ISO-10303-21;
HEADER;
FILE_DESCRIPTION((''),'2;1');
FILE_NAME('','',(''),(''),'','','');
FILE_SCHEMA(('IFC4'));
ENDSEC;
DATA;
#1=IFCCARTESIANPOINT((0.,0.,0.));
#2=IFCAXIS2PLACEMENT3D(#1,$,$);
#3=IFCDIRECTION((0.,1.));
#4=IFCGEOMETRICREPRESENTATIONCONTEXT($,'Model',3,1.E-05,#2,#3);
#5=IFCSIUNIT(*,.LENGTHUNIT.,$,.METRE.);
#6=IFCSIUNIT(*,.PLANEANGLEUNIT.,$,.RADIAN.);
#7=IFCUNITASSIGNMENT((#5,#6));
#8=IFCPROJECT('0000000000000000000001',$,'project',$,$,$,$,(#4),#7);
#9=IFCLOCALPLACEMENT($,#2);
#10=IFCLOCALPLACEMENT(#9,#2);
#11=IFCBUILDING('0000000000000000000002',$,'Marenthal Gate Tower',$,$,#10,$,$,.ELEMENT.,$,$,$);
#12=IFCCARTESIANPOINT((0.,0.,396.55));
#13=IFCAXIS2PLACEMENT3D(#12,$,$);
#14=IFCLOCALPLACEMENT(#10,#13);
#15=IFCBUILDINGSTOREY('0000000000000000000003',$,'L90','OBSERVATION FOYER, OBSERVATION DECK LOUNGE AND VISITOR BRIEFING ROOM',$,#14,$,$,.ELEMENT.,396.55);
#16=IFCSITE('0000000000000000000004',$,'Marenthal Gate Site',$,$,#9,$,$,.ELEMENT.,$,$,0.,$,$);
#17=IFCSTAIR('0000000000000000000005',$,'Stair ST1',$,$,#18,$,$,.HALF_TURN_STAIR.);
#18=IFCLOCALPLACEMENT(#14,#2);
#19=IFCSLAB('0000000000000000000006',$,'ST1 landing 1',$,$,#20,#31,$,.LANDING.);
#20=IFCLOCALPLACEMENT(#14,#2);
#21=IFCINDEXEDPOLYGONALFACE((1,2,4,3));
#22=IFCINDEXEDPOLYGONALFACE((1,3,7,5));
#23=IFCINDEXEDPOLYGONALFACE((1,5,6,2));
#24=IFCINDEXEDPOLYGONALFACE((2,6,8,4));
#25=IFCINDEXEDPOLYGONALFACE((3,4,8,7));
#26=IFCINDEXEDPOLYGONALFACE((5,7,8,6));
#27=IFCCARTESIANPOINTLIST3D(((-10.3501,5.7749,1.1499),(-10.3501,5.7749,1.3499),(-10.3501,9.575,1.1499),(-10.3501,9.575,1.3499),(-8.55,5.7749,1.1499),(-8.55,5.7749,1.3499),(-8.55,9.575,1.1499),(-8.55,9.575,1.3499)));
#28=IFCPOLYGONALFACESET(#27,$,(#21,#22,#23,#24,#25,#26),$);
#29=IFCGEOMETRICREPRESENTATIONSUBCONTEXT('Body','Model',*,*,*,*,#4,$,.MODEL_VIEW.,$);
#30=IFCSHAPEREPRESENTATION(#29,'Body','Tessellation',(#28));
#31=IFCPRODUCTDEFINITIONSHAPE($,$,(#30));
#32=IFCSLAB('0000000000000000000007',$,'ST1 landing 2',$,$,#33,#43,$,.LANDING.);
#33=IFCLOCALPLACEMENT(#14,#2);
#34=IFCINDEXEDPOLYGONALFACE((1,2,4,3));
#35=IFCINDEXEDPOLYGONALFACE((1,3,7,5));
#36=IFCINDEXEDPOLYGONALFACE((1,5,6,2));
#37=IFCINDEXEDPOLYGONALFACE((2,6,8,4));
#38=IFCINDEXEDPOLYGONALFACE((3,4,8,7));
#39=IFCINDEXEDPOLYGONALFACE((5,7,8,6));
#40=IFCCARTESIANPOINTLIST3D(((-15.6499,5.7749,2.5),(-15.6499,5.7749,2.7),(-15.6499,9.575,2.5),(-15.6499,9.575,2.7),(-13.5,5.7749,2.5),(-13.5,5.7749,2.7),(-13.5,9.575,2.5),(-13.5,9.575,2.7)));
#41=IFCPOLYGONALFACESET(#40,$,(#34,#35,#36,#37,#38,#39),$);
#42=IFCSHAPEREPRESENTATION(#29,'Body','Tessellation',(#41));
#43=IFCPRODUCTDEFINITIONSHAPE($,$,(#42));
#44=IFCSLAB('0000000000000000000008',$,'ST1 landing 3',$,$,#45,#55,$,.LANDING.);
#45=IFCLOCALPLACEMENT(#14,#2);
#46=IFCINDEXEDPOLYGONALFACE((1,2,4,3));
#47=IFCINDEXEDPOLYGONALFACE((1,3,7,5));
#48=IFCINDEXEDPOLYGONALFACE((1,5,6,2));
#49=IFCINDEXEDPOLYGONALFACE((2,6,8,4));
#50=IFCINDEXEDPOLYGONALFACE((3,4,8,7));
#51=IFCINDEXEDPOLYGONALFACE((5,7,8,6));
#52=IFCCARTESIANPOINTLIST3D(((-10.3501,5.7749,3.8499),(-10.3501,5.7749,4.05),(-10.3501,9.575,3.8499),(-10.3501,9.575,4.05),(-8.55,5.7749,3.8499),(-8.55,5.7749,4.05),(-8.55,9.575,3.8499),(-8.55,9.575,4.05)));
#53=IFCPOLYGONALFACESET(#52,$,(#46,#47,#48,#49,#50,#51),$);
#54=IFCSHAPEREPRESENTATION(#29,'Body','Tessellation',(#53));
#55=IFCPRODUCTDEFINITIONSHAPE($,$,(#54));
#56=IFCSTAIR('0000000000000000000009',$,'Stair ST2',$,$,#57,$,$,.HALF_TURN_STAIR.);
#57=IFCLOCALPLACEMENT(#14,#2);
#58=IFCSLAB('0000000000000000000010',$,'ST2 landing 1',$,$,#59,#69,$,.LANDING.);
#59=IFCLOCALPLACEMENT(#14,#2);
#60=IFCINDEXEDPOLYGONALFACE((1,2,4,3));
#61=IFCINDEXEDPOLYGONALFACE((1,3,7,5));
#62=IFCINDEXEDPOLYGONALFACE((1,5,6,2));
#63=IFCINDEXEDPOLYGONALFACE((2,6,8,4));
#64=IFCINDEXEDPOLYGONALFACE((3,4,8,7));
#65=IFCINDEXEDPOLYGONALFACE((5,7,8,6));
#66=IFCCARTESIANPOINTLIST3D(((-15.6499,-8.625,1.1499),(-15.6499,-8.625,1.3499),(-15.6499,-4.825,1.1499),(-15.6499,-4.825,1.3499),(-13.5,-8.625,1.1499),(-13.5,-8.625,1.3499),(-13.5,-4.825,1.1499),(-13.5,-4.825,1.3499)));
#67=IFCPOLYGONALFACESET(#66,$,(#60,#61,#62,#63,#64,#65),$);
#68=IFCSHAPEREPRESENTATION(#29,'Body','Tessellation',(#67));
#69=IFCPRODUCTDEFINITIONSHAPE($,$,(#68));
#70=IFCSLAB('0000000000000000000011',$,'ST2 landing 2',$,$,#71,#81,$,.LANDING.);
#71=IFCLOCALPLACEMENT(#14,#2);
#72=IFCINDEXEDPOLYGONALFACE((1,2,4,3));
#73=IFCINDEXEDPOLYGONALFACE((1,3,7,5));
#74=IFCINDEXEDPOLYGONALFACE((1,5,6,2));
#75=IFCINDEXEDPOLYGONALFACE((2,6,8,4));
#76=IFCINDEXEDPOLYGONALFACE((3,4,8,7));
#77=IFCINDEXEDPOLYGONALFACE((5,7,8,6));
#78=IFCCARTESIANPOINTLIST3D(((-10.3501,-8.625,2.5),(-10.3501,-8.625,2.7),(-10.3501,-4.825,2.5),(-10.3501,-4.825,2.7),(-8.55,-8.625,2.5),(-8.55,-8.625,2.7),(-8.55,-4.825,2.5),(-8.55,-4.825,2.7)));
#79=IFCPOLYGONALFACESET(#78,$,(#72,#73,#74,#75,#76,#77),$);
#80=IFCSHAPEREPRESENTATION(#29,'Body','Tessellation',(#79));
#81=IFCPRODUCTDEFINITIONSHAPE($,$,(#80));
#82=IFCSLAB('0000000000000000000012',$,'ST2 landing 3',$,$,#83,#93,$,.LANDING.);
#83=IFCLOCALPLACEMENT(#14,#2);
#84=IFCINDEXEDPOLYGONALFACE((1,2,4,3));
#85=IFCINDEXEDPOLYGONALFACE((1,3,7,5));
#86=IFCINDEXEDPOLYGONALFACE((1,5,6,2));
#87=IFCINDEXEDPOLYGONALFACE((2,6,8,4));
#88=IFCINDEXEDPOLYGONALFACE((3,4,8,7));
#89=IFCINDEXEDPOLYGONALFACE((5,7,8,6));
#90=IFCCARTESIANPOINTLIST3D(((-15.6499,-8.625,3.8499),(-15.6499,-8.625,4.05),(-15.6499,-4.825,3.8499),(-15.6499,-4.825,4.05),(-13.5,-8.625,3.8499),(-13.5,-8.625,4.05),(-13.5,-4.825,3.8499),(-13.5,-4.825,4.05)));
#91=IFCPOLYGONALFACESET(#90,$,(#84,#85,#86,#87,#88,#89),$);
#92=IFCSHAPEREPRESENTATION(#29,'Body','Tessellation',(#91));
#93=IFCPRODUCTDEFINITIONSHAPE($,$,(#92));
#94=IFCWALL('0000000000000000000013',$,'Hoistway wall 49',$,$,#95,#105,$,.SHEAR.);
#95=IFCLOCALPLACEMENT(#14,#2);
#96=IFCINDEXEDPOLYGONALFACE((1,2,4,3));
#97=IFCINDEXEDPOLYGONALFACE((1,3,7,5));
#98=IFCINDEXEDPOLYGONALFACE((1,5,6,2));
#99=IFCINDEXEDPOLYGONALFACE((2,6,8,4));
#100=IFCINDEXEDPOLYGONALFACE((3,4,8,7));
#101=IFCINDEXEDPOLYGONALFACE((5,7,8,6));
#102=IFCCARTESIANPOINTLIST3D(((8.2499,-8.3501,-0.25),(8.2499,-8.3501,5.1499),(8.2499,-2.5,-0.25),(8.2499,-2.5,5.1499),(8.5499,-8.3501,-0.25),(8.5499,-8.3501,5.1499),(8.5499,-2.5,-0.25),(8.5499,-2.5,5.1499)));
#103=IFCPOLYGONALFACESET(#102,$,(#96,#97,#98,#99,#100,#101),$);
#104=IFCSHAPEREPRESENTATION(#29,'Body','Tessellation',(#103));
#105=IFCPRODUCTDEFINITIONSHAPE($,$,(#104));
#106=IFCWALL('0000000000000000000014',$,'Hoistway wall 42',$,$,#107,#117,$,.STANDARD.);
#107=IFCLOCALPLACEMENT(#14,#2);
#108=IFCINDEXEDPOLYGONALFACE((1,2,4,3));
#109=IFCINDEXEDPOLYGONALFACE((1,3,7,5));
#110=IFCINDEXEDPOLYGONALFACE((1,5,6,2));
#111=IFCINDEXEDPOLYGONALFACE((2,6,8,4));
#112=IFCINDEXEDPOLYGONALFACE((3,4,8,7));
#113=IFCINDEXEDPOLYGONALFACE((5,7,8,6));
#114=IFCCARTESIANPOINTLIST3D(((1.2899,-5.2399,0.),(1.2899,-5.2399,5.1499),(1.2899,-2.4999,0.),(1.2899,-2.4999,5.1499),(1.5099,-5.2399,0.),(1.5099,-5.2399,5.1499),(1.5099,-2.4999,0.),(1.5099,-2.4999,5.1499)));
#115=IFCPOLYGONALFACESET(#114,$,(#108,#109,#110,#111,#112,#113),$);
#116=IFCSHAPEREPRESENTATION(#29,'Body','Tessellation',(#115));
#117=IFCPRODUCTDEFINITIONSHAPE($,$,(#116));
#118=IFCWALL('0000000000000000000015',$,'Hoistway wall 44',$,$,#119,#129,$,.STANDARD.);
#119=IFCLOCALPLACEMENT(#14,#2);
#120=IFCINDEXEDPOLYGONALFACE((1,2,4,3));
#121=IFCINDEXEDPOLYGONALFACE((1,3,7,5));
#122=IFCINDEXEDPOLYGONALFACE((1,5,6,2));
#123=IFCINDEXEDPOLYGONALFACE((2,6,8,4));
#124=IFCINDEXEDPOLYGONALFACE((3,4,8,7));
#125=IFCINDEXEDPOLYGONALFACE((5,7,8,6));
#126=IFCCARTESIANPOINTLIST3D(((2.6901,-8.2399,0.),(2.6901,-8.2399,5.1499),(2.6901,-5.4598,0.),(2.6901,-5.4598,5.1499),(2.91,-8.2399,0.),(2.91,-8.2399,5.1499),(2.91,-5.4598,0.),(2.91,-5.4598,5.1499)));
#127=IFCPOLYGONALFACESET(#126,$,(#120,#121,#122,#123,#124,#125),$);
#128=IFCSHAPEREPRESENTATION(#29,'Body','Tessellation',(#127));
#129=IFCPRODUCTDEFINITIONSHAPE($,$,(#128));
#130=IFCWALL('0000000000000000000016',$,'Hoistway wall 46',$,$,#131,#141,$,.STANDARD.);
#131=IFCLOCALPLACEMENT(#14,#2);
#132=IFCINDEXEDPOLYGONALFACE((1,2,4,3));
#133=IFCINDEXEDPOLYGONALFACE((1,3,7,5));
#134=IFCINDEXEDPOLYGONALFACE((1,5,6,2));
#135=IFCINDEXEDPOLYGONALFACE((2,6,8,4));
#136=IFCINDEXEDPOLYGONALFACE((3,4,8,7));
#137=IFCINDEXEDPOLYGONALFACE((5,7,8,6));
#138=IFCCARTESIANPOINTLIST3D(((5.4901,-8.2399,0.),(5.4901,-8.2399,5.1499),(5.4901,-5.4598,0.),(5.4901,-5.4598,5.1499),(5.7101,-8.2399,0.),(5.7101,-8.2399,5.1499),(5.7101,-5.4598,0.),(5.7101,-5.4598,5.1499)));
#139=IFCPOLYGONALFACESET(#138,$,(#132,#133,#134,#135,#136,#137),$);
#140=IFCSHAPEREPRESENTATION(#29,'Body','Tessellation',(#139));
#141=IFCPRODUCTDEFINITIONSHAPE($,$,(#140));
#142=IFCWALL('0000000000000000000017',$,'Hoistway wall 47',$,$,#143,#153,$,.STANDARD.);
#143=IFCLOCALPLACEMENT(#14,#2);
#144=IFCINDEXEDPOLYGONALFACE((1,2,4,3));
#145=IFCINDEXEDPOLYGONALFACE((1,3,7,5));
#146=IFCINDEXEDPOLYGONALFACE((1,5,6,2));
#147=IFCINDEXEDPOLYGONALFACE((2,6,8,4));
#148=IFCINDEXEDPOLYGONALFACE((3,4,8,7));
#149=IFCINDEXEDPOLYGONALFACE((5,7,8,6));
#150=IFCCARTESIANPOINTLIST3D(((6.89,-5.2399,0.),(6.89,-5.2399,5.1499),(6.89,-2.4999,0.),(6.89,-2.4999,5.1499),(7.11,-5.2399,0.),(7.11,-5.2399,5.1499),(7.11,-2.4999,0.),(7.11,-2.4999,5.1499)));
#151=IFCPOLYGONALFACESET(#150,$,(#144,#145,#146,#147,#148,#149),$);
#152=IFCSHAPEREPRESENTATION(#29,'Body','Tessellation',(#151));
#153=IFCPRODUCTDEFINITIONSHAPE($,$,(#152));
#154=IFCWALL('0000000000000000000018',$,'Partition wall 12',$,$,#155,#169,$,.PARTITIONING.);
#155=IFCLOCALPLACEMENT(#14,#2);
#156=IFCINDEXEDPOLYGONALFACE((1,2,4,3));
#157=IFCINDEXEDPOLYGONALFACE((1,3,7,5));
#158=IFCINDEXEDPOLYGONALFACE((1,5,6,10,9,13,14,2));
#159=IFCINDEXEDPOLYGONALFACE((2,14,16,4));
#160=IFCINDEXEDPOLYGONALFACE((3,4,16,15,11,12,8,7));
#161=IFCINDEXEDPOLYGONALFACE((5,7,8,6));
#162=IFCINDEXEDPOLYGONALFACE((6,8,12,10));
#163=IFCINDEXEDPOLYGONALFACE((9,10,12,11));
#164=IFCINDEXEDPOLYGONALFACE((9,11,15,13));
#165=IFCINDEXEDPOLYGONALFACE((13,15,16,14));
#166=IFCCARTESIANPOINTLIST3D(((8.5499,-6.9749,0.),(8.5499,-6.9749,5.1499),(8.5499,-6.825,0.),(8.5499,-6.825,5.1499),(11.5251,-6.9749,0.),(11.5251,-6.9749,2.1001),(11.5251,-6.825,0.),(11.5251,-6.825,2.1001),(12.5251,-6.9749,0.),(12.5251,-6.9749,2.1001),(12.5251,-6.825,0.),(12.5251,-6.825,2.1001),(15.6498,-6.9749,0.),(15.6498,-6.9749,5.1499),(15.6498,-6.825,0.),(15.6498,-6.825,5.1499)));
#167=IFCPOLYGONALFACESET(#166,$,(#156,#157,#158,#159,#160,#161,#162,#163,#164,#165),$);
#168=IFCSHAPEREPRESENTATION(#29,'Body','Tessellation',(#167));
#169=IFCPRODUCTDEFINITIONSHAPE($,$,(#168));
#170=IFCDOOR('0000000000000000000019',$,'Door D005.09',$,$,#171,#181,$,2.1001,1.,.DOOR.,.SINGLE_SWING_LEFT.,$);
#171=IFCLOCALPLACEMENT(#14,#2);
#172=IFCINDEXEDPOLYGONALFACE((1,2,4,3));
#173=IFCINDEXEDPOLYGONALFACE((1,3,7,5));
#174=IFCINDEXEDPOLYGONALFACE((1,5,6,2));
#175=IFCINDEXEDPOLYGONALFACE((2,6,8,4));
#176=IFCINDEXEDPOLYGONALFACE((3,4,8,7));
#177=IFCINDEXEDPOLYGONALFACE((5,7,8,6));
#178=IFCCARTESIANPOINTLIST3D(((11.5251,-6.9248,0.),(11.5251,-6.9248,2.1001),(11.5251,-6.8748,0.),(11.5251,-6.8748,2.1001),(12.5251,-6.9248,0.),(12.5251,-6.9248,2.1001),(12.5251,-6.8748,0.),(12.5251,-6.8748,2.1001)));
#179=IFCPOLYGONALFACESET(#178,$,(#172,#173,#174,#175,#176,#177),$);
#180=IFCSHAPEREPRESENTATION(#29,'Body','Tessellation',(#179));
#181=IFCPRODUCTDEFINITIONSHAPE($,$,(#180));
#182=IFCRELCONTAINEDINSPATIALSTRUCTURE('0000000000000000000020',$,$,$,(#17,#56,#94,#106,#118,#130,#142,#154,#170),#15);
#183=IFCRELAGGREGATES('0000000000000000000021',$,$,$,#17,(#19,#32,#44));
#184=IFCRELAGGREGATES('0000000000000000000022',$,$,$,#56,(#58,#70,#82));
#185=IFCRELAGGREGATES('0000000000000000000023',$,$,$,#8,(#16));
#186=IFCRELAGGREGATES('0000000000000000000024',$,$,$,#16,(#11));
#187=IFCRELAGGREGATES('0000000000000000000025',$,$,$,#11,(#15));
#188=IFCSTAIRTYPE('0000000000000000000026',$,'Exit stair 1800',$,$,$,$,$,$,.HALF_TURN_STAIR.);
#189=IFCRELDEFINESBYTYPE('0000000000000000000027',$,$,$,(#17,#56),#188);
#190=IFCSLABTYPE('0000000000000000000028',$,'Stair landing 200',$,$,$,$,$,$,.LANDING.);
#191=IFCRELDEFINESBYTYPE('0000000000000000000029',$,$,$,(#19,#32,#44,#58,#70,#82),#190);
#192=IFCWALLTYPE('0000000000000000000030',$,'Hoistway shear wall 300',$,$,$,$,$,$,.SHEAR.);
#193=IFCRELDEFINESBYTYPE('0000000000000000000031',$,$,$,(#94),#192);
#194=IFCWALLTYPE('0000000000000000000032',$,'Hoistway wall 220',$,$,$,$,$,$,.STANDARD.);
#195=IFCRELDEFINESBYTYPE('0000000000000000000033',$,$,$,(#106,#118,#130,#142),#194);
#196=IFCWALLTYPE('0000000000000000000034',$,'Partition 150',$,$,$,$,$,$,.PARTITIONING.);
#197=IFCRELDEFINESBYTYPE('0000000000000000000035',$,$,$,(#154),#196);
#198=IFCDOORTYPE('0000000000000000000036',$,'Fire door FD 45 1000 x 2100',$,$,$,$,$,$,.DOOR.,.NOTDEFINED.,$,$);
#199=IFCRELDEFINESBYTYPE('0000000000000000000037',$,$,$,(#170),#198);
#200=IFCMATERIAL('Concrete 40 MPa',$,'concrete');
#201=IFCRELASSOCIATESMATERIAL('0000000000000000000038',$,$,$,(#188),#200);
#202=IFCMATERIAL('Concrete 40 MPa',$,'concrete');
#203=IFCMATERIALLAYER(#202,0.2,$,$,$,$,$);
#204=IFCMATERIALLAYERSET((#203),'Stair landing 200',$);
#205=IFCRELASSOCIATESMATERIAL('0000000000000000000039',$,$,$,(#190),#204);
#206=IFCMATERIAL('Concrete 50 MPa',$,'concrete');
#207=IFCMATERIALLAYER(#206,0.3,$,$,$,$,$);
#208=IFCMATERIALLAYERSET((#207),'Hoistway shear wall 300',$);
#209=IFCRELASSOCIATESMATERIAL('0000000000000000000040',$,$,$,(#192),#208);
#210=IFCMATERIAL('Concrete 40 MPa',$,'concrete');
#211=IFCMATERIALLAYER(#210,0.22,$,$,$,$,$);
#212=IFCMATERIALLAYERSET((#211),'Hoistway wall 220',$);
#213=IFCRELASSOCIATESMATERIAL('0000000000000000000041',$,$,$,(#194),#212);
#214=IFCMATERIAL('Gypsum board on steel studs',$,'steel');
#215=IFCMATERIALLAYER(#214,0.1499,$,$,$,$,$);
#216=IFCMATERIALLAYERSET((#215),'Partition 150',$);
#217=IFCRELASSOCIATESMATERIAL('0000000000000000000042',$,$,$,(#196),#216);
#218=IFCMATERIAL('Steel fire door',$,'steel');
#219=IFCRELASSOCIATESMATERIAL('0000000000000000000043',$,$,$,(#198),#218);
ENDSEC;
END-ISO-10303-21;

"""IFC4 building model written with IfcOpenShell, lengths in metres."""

from ifc_helpers import new_model, si_unit, direction, frame, frame_2d, origin, place, context, subcontext, project, spatial, polyline, rectangle, outline, extrude, material, layer, layer_set, type_object, element, fill, aggregate, save


model = new_model("IFC4")

# Units and contexts
model_context = context("Model", 3, precision=1e-05, world=origin(), true_north=direction((0.0, 1.0)))
body_context = subcontext(model_context, "Body", "Model", "MODEL_VIEW")
ifc_project = project(units=[si_unit("LENGTHUNIT", "METRE"), si_unit("PLANEANGLEUNIT", "RADIAN")], contexts=[model_context])

# Site, building, storey
site_placement = place(None, origin())
site = spatial("IfcSite", under=ifc_project, at=site_placement, Name="Marenthal Gate Site", CompositionType="ELEMENT", RefElevation=0.0)
building_placement = place(site_placement, origin())
building = spatial("IfcBuilding", under=site, at=building_placement, Name="Marenthal Gate Tower", CompositionType="ELEMENT")
storey_placement = place(building_placement, frame((0.0, 0.0, 396.55)))
storey = spatial("IfcBuildingStorey", under=building, at=storey_placement, Name="L90", Description="OBSERVATION FOYER, OBSERVATION DECK LOUNGE AND VISITOR BRIEFING ROOM", CompositionType="ELEMENT", Elevation=396.55)

# Stairs, slabs
ifc_material_1 = material(Name="Concrete 40 MPa", Category="concrete")
stair_type = type_object("IfcStairType", Name="Exit stair 1800", PredefinedType="HALF_TURN_STAIR", material=ifc_material_1)
stair_1_placement = place(storey_placement, origin())
stair_1 = element("IfcStair", 1, at=stair_1_placement, inside=storey, type_object=stair_type, Name="Stair ST1", PredefinedType="HALF_TURN_STAIR")
ifc_material_2 = material(Name="Concrete 40 MPa", Category="concrete")
ifc_layer_1 = layer(ifc_material_2, 0.2)
ifc_layer_set_1 = layer_set([ifc_layer_1], Name="Stair landing 200")
slab_type_1 = type_object("IfcSlabType", Name="Stair landing 200", PredefinedType="LANDING", material=ifc_layer_set_1)
slab_1_placement = place(storey_placement, frame((0.0, 0.0, 1.1499)))
slab_1 = element("IfcSlab", 2, at=slab_1_placement, type_object=slab_type_1, Name="ST1 landing 1", PredefinedType="LANDING", context=body_context, shape_type="SweptSolid", body=[
    extrude(outline(polyline([(-10.3501, 5.7749), (-8.55, 5.7749), (-8.55, 9.575), (-10.3501, 9.575), (-10.3501, 5.7749)])), origin(), (0.0, 0.0, 1.0), 0.2),
])
slab_2_placement = place(storey_placement, frame((0.0, 0.0, 2.5)))
slab_2 = element("IfcSlab", 3, at=slab_2_placement, type_object=slab_type_1, Name="ST1 landing 2", PredefinedType="LANDING", context=body_context, shape_type="SweptSolid", body=[
    extrude(outline(polyline([(-15.6499, 5.7749), (-13.5, 5.7749), (-13.5, 9.575), (-15.6499, 9.575), (-15.6499, 5.7749)])), origin(), (0.0, 0.0, 1.0), 0.2),
])
slab_3_placement = place(storey_placement, frame((0.0, 0.0, 3.8499)))
slab_3 = element("IfcSlab", 4, at=slab_3_placement, type_object=slab_type_1, Name="ST1 landing 3", PredefinedType="LANDING", context=body_context, shape_type="SweptSolid", body=[
    extrude(outline(polyline([(-10.3501, 5.7749), (-8.55, 5.7749), (-8.55, 9.575), (-10.3501, 9.575), (-10.3501, 5.7749)])), origin(), (0.0, 0.0, 1.0), 0.2002),
])
aggregate(stair_1, [slab_1, slab_2, slab_3])
stair_2_placement = place(storey_placement, origin())
stair_2 = element("IfcStair", 5, at=stair_2_placement, inside=storey, type_object=stair_type, Name="Stair ST2", PredefinedType="HALF_TURN_STAIR")
slab_4_placement = place(storey_placement, frame((0.0, 0.0, 1.1499)))
slab_4 = element("IfcSlab", 6, at=slab_4_placement, type_object=slab_type_1, Name="ST2 landing 1", PredefinedType="LANDING", context=body_context, shape_type="SweptSolid", body=[
    extrude(outline(polyline([(-15.6499, -8.625), (-13.5, -8.625), (-13.5, -4.825), (-15.6499, -4.825), (-15.6499, -8.625)])), origin(), (0.0, 0.0, 1.0), 0.2),
])
slab_5_placement = place(storey_placement, frame((0.0, 0.0, 2.5)))
slab_5 = element("IfcSlab", 7, at=slab_5_placement, type_object=slab_type_1, Name="ST2 landing 2", PredefinedType="LANDING", context=body_context, shape_type="SweptSolid", body=[
    extrude(outline(polyline([(-10.3501, -8.625), (-8.55, -8.625), (-8.55, -4.825), (-10.3501, -4.825), (-10.3501, -8.625)])), origin(), (0.0, 0.0, 1.0), 0.2),
])
slab_6_placement = place(storey_placement, frame((0.0, 0.0, 3.8499)))
slab_6 = element("IfcSlab", 8, at=slab_6_placement, type_object=slab_type_1, Name="ST2 landing 3", PredefinedType="LANDING", context=body_context, shape_type="SweptSolid", body=[
    extrude(outline(polyline([(-15.6499, -8.625), (-13.5, -8.625), (-13.5, -4.825), (-15.6499, -4.825), (-15.6499, -8.625)])), origin(), (0.0, 0.0, 1.0), 0.2002),
])
aggregate(stair_2, [slab_4, slab_5, slab_6])

# Walls
ifc_material_3 = material(Name="Concrete 50 MPa", Category="concrete")
ifc_layer_2 = layer(ifc_material_3, 0.3)
ifc_layer_set_2 = layer_set([ifc_layer_2], Name="Hoistway shear wall 300")
wall_type_1 = type_object("IfcWallType", Name="Hoistway shear wall 300", PredefinedType="SHEAR", material=ifc_layer_set_2)
wall_1_placement = place(storey_placement, frame((8.3999, -8.3501, -0.25), z_axis=(0.0, 0.0, 1.0), x_axis=(0.0, 1.0, 0.0)))
element("IfcWall", 9, at=wall_1_placement, inside=storey, type_object=wall_type_1, Name="Hoistway wall 49", PredefinedType="SHEAR", context=body_context, shape_type="SweptSolid", body=[
    extrude(rectangle(XDim=5.8501, YDim=0.3, at=frame_2d((2.925, 0.0))), origin(), (0.0, 0.0, 1.0), 5.3999),
])
ifc_material_4 = material(Name="Concrete 40 MPa", Category="concrete")
ifc_layer_3 = layer(ifc_material_4, 0.22)
ifc_layer_set_3 = layer_set([ifc_layer_3], Name="Hoistway wall 220")
wall_type_2 = type_object("IfcWallType", Name="Hoistway wall 220", PredefinedType="STANDARD", material=ifc_layer_set_3)
wall_2_placement = place(storey_placement, frame((1.3999, -5.24, 0.0), z_axis=(0.0, 0.0, 1.0), x_axis=(0.0, 1.0, 0.0)))
element("IfcWall", 10, at=wall_2_placement, inside=storey, type_object=wall_type_2, Name="Hoistway wall 42", PredefinedType="STANDARD", context=body_context, shape_type="SweptSolid", body=[
    extrude(rectangle(XDim=2.74, YDim=0.22, at=frame_2d((1.3701, 0.0))), origin(), (0.0, 0.0, 1.0), 5.1499),
])
for number, where, z_axis, x_axis, name in (
    (11, (2.8, -8.24, 0.0), (0.0, 0.0, 1.0), (0.0, 1.0, 0.0), "Hoistway wall 44"),
    (12, (5.6001, -8.24, 0.0), (0.0, 0.0, 1.0), (0.0, 1.0, 0.0), "Hoistway wall 46"),
):
    element("IfcWall", number, at=place(storey_placement, frame(where, z_axis=z_axis, x_axis=x_axis)), inside=storey, type_object=wall_type_2, Name=name, PredefinedType="STANDARD", context=body_context, shape_type="SweptSolid", body=[
        extrude(rectangle(XDim=2.78, YDim=0.22, at=frame_2d((1.3901, 0.0))), origin(), (0.0, 0.0, 1.0), 5.1499),
    ])
wall_3_placement = place(storey_placement, frame((7.0, -5.24, 0.0), z_axis=(0.0, 0.0, 1.0), x_axis=(0.0, 1.0, 0.0)))
element("IfcWall", 13, at=wall_3_placement, inside=storey, type_object=wall_type_2, Name="Hoistway wall 47", PredefinedType="STANDARD", context=body_context, shape_type="SweptSolid", body=[
    extrude(rectangle(XDim=2.74, YDim=0.22, at=frame_2d((1.3701, 0.0))), origin(), (0.0, 0.0, 1.0), 5.1499),
])

# Wall, opening, door
ifc_material_5 = material(Name="Gypsum board on steel studs", Category="steel")
ifc_layer_4 = layer(ifc_material_5, 0.1499)
ifc_layer_set_4 = layer_set([ifc_layer_4], Name="Partition 150")
wall_type_3 = type_object("IfcWallType", Name="Partition 150", PredefinedType="PARTITIONING", material=ifc_layer_set_4)
wall_4_placement = place(storey_placement, frame((8.55, -6.8999, 0.0), z_axis=(0.0, 0.0, 1.0), x_axis=(1.0, 0.0, 0.0)))
wall_4 = element("IfcWall", 14, at=wall_4_placement, inside=storey, type_object=wall_type_3, Name="Partition wall 12", PredefinedType="PARTITIONING", context=body_context, shape_type="SweptSolid", body=[
    extrude(rectangle(XDim=7.0999, YDim=0.1499, at=frame_2d((3.5498, 0.0))), origin(), (0.0, 0.0, 1.0), 5.1499),
])
opening_1_placement = place(wall_4_placement, frame((2.9751, 0.0, 0.0)))
opening_1 = element("IfcOpeningElement", 15, at=opening_1_placement, cuts=wall_4, PredefinedType="OPENING", context=body_context, shape_type="SweptSolid", body=[
    extrude(rectangle(XDim=1.0, YDim=2.1001, at=frame_2d((0.5, 1.05))), frame((0.0, 0.085, 0.0), z_axis=(0.0, -1.0, 0.0), x_axis=(1.0, 0.0, 0.0)), (0.0, 0.0, 1.0), 0.1699),
])
ifc_material_6 = material(Name="Steel fire door", Category="steel")
door_type = type_object("IfcDoorType", Name="Fire door FD 45 1000 x 2100", OperationType="NOTDEFINED", PredefinedType="DOOR", material=ifc_material_6)
door_1_placement = place(opening_1_placement, frame((1.0, 0.0, 0.0), z_axis=(0.0, 0.0, 1.0), x_axis=(-1.0, 0.0, 0.0)))
door_1 = element("IfcDoor", 16, at=door_1_placement, inside=storey, type_object=door_type, Name="Door D005.09", OperationType="SINGLE_SWING_LEFT", OverallHeight=2.1001, OverallWidth=1.0, PredefinedType="DOOR", context=body_context, shape_type="SweptSolid", body=[
    extrude(rectangle(XDim=1.0, YDim=2.1001, at=frame_2d((0.5, 1.05))), frame((0.0, 0.0249, 0.0), z_axis=(0.0, -1.0, 0.0), x_axis=(1.0, 0.0, 0.0)), (0.0, 0.0, 1.0), 0.05),
])
fill(opening_1, door_1)

save(model, "model.ifc")
